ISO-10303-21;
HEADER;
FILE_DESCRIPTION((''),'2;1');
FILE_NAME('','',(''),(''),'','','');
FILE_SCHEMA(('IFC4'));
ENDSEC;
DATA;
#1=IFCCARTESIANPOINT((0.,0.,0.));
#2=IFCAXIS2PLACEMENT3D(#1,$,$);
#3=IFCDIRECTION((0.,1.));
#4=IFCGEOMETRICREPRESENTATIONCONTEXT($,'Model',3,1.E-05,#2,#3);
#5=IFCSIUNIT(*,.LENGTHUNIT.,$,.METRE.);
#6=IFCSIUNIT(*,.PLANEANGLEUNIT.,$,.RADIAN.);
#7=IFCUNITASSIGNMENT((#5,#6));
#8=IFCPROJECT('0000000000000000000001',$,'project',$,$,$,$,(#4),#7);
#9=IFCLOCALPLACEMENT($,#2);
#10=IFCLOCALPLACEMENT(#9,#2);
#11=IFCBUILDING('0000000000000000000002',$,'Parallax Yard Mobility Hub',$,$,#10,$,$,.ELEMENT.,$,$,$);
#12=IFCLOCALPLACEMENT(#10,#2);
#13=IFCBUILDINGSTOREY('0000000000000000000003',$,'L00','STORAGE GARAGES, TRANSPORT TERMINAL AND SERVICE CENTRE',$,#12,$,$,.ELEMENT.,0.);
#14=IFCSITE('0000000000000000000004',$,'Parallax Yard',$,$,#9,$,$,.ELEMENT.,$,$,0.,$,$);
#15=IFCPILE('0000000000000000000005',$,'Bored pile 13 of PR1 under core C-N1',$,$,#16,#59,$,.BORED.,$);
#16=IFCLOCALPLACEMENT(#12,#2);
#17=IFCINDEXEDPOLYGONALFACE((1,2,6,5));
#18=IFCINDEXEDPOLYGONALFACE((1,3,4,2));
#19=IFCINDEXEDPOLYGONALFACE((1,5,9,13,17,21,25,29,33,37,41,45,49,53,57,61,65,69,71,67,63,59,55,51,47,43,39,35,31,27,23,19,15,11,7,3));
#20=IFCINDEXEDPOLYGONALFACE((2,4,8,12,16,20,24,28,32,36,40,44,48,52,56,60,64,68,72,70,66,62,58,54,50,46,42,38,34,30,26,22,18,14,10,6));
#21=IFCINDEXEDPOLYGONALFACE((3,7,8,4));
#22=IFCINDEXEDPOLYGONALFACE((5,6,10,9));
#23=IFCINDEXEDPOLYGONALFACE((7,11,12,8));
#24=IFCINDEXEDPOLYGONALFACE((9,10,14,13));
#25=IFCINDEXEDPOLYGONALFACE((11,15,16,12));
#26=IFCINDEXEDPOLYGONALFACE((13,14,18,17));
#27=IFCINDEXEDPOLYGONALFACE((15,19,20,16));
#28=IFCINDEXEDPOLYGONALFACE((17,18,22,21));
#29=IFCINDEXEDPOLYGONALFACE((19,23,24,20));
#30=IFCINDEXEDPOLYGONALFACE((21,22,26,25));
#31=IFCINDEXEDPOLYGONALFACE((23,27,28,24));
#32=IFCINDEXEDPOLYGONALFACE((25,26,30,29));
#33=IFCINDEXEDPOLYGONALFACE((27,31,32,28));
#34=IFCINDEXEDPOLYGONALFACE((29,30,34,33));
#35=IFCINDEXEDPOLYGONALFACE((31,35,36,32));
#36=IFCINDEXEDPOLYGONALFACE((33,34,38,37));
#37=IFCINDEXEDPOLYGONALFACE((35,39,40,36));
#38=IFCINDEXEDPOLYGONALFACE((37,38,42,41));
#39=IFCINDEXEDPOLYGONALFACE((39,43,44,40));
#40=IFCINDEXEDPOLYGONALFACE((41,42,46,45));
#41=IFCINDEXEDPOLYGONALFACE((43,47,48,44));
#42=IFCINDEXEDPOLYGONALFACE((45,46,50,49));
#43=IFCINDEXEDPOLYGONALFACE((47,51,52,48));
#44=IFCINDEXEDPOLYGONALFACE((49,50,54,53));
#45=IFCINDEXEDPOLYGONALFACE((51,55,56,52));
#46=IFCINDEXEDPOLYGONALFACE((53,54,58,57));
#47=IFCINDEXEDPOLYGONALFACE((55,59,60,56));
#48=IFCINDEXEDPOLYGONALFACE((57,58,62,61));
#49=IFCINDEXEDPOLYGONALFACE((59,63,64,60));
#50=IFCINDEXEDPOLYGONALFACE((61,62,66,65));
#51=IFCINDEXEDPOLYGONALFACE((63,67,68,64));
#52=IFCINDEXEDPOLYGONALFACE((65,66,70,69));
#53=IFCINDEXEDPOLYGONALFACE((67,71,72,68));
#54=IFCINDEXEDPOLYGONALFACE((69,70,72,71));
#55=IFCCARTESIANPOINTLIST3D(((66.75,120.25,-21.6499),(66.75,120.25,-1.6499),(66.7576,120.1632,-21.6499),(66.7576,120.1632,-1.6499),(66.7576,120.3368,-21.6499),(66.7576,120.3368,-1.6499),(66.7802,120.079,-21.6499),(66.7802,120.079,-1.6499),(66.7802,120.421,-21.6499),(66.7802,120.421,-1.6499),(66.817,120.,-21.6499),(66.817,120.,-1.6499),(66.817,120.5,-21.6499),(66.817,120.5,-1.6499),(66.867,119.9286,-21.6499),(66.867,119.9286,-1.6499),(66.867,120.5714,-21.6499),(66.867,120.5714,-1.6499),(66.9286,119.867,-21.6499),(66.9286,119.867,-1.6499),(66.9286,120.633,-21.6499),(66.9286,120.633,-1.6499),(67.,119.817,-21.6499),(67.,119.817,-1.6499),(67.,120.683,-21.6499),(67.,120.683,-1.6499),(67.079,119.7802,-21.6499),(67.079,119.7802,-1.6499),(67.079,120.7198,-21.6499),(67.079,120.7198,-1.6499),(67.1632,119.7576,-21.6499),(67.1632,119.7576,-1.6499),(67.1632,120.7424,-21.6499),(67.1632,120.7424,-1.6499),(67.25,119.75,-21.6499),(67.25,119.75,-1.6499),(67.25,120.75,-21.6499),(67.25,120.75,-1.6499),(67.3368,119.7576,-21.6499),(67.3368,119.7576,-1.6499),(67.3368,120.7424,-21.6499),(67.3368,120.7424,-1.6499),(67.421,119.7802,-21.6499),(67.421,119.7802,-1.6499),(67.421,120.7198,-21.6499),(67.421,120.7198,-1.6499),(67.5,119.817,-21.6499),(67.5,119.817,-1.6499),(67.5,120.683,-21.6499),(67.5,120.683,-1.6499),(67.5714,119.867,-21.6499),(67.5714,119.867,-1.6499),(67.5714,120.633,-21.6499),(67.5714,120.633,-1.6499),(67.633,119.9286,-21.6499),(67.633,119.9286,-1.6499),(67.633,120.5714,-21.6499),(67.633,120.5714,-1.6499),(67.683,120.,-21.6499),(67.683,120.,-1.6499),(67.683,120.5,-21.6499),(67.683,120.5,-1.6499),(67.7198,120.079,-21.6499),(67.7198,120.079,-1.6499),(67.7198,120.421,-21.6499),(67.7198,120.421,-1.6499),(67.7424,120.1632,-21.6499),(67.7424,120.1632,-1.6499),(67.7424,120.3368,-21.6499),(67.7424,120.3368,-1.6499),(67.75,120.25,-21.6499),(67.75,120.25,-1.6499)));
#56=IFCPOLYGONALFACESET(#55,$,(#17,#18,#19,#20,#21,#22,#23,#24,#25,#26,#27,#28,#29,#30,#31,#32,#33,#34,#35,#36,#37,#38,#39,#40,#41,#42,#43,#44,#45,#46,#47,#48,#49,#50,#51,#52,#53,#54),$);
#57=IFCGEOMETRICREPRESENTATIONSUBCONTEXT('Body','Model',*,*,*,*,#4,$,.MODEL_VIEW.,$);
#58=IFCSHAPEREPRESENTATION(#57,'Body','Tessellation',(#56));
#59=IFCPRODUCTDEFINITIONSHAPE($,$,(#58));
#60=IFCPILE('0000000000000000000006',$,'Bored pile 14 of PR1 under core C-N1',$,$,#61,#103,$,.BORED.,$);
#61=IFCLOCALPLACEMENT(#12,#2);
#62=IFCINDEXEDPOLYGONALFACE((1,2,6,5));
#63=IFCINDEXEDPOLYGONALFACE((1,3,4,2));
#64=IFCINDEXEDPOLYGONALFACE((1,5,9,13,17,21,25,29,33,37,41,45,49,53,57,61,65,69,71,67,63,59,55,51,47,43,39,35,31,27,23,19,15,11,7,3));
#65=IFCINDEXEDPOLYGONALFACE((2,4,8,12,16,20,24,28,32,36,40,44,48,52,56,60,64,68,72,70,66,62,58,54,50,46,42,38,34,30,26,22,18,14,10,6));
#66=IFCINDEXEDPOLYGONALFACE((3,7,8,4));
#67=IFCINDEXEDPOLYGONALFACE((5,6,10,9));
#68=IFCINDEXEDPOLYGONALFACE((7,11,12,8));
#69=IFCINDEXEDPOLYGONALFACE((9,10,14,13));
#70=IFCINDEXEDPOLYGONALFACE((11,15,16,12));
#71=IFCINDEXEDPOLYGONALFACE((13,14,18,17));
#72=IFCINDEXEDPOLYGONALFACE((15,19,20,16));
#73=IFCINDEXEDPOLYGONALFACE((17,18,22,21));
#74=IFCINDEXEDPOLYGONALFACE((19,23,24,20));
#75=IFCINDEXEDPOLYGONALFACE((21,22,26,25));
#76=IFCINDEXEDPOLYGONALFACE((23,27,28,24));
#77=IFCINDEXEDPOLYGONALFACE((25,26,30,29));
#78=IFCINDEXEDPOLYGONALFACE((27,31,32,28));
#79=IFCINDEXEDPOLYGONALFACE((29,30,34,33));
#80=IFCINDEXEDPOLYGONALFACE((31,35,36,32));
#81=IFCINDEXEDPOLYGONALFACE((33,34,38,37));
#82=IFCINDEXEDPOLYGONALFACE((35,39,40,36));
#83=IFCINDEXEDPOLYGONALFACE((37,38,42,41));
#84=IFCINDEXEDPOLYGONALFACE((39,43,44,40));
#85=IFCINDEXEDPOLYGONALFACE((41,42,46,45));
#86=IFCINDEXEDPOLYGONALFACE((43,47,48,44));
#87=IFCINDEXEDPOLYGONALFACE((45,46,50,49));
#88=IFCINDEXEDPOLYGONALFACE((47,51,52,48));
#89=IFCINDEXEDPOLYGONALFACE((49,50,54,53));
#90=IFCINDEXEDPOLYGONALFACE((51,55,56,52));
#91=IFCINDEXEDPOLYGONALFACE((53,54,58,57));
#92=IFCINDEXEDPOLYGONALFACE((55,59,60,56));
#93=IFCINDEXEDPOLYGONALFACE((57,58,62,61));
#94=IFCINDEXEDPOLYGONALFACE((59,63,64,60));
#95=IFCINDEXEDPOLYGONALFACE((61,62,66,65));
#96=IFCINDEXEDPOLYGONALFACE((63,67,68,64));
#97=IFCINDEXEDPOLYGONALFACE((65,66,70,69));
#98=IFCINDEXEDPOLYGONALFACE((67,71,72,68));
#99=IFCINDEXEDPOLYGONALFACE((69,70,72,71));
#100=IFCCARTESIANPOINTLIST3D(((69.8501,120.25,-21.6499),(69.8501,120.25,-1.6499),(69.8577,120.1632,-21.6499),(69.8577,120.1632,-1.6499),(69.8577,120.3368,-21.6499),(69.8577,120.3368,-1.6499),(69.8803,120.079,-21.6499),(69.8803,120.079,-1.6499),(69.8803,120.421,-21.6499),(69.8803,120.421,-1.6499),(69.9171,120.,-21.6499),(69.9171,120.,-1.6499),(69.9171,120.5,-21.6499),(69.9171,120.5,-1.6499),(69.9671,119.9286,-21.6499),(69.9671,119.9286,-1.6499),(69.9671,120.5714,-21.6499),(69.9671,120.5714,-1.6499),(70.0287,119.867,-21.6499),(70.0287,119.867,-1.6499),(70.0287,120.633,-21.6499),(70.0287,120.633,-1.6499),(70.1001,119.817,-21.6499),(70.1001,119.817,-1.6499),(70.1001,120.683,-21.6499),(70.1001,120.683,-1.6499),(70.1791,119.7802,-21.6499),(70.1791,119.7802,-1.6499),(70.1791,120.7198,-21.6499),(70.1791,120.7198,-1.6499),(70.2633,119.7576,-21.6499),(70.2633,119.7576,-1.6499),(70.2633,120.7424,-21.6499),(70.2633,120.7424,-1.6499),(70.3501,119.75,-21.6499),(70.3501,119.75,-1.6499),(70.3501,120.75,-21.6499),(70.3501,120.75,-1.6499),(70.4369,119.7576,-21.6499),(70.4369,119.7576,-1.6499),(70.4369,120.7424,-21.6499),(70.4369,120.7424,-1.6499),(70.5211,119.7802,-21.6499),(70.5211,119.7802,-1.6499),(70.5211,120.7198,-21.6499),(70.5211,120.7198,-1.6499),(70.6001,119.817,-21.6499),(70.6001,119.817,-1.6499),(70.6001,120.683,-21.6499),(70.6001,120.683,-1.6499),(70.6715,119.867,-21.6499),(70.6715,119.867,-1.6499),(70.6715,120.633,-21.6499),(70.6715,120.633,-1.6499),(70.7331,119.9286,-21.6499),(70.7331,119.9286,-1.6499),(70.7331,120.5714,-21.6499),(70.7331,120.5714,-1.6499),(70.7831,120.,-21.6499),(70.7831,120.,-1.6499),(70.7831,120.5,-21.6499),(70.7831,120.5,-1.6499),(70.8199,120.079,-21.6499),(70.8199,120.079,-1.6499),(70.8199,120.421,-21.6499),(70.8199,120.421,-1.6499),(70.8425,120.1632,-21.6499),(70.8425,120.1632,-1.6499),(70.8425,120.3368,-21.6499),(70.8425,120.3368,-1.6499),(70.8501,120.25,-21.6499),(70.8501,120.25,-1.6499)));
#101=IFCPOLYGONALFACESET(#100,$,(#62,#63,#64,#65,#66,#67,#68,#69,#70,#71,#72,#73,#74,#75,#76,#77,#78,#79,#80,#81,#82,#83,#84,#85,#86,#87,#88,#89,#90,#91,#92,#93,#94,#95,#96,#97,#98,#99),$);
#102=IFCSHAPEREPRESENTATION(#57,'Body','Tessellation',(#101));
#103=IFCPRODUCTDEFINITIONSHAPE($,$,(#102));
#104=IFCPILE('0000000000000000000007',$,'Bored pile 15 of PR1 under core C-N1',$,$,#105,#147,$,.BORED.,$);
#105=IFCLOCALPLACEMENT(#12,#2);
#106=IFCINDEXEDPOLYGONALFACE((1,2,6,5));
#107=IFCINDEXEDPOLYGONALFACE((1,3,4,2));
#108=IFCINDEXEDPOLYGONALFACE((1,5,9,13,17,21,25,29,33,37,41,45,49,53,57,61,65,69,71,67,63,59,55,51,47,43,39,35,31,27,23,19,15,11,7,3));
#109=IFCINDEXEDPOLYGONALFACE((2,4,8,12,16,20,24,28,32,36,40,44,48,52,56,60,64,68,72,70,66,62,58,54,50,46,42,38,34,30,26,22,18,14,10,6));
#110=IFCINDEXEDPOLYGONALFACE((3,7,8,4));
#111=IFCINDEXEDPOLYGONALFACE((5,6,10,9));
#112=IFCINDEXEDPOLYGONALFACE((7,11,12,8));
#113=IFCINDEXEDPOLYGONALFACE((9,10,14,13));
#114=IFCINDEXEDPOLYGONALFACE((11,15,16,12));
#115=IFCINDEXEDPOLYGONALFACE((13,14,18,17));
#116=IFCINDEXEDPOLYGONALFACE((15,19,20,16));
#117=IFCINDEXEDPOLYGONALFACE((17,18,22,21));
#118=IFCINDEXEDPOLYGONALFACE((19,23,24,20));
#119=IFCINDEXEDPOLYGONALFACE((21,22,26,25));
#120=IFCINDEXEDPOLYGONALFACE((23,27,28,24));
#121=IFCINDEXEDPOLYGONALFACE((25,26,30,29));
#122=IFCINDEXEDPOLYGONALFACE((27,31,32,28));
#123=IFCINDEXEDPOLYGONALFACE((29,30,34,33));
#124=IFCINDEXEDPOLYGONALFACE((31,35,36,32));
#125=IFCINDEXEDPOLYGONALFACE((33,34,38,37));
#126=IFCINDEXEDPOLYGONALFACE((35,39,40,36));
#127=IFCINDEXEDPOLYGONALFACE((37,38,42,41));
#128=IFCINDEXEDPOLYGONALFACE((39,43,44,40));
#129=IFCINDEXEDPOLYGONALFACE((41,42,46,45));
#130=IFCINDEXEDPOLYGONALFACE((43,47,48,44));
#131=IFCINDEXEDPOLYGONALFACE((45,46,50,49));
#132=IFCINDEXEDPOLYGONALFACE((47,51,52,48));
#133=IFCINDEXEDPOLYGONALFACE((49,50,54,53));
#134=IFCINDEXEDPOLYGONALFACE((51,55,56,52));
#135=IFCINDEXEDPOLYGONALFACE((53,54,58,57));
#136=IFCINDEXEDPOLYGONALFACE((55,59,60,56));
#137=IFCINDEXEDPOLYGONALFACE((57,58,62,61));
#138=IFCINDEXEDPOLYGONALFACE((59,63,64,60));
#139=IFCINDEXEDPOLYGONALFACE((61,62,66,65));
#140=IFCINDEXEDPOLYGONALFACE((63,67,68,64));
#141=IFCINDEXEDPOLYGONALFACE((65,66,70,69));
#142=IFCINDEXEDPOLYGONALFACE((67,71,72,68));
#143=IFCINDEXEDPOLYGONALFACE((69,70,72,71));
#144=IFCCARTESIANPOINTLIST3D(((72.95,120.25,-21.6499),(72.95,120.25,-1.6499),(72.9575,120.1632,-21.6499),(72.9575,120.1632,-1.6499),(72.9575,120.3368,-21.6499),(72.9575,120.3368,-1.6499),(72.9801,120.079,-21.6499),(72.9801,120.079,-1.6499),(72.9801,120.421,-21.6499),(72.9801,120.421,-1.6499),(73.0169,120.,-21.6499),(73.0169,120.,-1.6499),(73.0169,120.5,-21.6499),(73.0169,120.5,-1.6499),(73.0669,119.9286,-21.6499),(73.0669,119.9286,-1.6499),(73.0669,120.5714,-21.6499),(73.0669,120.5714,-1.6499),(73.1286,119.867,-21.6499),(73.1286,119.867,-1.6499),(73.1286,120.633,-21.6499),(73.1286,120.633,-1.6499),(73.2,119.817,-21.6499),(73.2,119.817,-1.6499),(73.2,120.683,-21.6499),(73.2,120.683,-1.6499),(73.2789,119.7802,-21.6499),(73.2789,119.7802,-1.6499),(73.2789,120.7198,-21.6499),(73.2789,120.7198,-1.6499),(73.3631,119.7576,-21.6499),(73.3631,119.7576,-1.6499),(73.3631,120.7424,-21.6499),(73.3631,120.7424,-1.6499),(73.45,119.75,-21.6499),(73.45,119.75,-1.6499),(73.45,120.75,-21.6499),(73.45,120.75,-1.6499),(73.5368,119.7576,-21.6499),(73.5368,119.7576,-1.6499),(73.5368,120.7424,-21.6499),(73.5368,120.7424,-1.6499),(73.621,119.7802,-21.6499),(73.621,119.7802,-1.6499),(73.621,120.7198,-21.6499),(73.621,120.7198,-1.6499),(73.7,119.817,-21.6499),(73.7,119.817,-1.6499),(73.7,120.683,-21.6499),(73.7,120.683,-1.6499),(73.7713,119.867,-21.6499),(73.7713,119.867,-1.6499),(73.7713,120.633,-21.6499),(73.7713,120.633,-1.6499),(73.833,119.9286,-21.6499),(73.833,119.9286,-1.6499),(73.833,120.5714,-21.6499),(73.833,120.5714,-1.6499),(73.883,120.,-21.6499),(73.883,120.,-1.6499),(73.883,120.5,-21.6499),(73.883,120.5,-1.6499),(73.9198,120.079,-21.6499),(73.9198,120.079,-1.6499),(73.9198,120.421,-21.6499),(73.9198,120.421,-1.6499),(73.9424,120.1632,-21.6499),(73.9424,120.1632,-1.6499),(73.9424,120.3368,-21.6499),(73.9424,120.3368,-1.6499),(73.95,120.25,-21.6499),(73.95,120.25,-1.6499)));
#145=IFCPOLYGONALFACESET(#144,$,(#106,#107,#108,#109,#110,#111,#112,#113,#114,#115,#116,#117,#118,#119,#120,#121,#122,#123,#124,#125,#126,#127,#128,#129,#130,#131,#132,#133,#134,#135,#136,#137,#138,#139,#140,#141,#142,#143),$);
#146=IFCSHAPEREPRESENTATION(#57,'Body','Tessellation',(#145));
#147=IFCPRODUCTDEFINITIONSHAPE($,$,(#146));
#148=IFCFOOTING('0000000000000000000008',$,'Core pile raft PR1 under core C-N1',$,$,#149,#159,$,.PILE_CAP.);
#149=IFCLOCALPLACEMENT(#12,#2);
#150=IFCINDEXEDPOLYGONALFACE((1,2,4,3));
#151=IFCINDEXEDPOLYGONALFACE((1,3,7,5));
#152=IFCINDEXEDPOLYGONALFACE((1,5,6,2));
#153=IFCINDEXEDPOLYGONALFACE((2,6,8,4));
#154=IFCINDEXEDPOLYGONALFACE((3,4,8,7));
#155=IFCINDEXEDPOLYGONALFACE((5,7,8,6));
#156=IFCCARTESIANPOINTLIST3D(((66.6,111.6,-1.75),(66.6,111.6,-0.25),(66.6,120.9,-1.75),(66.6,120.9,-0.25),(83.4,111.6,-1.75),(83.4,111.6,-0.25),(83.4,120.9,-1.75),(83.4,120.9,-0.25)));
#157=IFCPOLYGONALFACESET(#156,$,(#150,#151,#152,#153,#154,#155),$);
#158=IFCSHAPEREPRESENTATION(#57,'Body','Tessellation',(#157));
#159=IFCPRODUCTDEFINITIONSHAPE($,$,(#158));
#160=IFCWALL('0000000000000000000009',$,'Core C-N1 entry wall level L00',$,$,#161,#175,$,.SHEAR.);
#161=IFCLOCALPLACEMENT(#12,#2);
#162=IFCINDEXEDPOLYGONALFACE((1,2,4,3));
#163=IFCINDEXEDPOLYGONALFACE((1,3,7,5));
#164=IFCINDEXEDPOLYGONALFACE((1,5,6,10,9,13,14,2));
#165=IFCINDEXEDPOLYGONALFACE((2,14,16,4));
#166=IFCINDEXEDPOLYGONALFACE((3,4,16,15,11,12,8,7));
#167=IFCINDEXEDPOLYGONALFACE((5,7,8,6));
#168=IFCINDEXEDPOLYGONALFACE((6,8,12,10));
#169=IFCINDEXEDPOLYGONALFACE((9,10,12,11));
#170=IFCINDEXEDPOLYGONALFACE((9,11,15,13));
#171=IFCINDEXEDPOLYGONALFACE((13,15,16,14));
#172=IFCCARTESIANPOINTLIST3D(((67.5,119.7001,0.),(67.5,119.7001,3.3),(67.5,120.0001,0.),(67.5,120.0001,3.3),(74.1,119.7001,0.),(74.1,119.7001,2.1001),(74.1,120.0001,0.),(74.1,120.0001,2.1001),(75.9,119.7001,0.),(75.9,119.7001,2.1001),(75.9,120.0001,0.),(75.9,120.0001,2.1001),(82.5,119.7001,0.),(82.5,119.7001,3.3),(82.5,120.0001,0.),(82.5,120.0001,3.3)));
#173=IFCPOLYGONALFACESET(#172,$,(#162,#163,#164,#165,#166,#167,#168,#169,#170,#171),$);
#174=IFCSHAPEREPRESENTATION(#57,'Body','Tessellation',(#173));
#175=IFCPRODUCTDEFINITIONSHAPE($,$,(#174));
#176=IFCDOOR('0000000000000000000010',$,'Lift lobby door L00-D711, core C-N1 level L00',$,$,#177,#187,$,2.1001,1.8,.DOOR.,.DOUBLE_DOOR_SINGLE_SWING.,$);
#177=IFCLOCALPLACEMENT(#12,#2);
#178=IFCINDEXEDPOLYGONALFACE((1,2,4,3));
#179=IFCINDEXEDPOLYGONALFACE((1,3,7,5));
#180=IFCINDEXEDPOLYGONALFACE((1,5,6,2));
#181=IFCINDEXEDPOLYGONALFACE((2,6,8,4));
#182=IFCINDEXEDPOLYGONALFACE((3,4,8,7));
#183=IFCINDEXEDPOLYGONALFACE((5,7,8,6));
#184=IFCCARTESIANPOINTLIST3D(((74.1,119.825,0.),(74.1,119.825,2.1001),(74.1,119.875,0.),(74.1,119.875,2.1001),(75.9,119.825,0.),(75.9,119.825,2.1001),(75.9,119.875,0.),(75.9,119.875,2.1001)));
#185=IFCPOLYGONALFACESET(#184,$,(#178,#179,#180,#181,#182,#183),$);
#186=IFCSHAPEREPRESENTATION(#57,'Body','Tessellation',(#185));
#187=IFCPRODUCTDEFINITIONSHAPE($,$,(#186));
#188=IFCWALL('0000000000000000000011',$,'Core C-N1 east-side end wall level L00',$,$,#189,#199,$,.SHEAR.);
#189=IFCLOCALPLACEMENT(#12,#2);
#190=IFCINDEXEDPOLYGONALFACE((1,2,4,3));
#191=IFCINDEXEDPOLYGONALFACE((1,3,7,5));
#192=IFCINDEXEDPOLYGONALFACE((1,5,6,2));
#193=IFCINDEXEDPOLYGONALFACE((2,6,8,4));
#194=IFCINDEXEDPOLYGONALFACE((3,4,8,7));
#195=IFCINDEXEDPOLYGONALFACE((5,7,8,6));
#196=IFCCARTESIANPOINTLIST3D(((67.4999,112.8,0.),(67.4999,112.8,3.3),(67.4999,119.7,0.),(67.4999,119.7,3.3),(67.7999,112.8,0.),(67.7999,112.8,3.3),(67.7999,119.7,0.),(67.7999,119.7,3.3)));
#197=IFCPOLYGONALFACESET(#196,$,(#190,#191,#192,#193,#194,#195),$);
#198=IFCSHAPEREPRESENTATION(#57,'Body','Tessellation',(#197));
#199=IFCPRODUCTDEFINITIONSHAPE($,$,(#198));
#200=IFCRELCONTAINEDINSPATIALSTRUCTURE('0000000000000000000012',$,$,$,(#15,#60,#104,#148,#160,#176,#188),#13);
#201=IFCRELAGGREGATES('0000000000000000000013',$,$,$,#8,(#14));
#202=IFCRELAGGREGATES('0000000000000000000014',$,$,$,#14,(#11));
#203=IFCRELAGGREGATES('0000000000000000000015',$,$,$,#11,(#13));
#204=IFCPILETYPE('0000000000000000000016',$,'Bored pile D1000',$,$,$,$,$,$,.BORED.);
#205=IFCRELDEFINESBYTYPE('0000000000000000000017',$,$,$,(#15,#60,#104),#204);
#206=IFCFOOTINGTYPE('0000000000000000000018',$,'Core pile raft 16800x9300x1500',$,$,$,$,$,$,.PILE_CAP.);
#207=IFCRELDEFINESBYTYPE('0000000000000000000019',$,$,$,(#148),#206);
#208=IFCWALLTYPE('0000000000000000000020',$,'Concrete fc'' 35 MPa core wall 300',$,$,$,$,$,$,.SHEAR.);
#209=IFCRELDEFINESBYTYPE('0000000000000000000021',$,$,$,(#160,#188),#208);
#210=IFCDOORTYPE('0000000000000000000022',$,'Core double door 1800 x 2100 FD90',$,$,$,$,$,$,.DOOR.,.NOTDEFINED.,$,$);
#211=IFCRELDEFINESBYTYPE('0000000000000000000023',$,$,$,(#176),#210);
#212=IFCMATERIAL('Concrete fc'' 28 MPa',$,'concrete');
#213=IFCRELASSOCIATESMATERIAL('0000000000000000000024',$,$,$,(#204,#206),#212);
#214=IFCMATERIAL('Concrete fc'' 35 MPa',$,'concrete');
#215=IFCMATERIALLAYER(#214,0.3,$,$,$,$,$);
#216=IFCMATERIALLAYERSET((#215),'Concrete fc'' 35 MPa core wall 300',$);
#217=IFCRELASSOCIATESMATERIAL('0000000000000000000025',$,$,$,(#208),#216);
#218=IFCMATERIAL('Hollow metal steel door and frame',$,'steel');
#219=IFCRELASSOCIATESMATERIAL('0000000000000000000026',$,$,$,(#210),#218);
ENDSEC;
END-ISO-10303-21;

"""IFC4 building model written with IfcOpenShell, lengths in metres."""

from ifc_helpers import new_model, si_unit, direction, frame, frame_2d, origin, origin_2d, place, context, subcontext, project, spatial, rectangle, circle, extrude, material, layer, layer_set, material_profile, profile_set, type_object, element, fill, save


model = new_model("IFC4")

# Units and contexts
model_context = context("Model", 3, precision=1e-05, world=origin(), true_north=direction((0.0, 1.0)))
body_context = subcontext(model_context, "Body", "Model", "MODEL_VIEW")
ifc_project = project(units=[si_unit("LENGTHUNIT", "METRE"), si_unit("PLANEANGLEUNIT", "RADIAN")], contexts=[model_context])

# Site, building, storey
site_placement = place(None, origin())
site = spatial("IfcSite", under=ifc_project, at=site_placement, Name="Parallax Yard", CompositionType="ELEMENT", RefElevation=0.0)
building_placement = place(site_placement, origin())
building = spatial("IfcBuilding", under=site, at=building_placement, Name="Parallax Yard Mobility Hub", CompositionType="ELEMENT")
storey_placement = place(building_placement, origin())
storey = spatial("IfcBuildingStorey", under=building, at=storey_placement, Name="L00", Description="STORAGE GARAGES, TRANSPORT TERMINAL AND SERVICE CENTRE", CompositionType="ELEMENT", Elevation=0.0)

# Piles
ifc_material_1 = material(Name="Concrete fc' 28 MPa", Category="concrete")
ifc_material_profile = material_profile(ifc_material_1, circle(Radius=0.5, at=origin_2d()), Name="Bored pile D1000")
ifc_profile_set = profile_set([ifc_material_profile], Name="Concrete fc' 28 MPa")
pile_type = type_object("IfcPileType", Name="Bored pile D1000", PredefinedType="BORED", material=ifc_profile_set)
for number, where, z_axis, x_axis, name in (
    (1, (67.25, 120.25, -1.6499), (0.0, 0.0, -1.0), (1.0, 0.0, 0.0), "Bored pile 13 of PR1 under core C-N1"),
    (2, (70.3501, 120.25, -1.6499), (0.0, 0.0, -1.0), (1.0, 0.0, 0.0), "Bored pile 14 of PR1 under core C-N1"),
    (3, (73.45, 120.25, -1.6499), (0.0, 0.0, -1.0), (1.0, 0.0, 0.0), "Bored pile 15 of PR1 under core C-N1"),
):
    element("IfcPile", number, at=place(storey_placement, frame(where, z_axis=z_axis, x_axis=x_axis)), inside=storey, type_object=pile_type, Name=name, PredefinedType="BORED", context=body_context, shape_type="SweptSolid", body=[
        extrude(circle(Radius=0.5, at=origin_2d()), origin(), (0.0, 0.0, 1.0), 20.0),
    ])

# Footing
footing_type = type_object("IfcFootingType", Name="Core pile raft 16800x9300x1500", PredefinedType="PILE_CAP", material=ifc_material_1)
footing_placement = place(storey_placement, frame((75.0, 116.25, -1.75), z_axis=(0.0, 0.0, 1.0), x_axis=(1.0, 0.0, 0.0)))
element("IfcFooting", 4, at=footing_placement, inside=storey, type_object=footing_type, Name="Core pile raft PR1 under core C-N1", PredefinedType="PILE_CAP", context=body_context, shape_type="SweptSolid", body=[
    extrude(rectangle(XDim=16.8, YDim=9.3, at=origin_2d()), origin(), (0.0, 0.0, 1.0), 1.5),
])

# Wall, opening, door
ifc_material_2 = material(Name="Concrete fc' 35 MPa", Category="concrete")
ifc_layer_1 = layer(ifc_material_2, 0.3)
ifc_layer_set_1 = layer_set([ifc_layer_1], Name="Concrete fc' 35 MPa core wall 300")
wall_type_1 = type_object("IfcWallType", Name="Concrete fc' 35 MPa core wall 300", PredefinedType="SHEAR", material=ifc_layer_set_1)
wall_1_placement = place(storey_placement, frame((67.5, 119.8501, 0.0), z_axis=(0.0, 0.0, 1.0), x_axis=(1.0, 0.0, 0.0)))
wall_1 = element("IfcWall", 5, at=wall_1_placement, inside=storey, type_object=wall_type_1, Name="Core C-N1 entry wall level L00", PredefinedType="SHEAR", context=body_context, shape_type="SweptSolid", body=[
    extrude(rectangle(XDim=15.0, YDim=0.3, at=frame_2d((7.5, 0.0))), origin(), (0.0, 0.0, 1.0), 3.3),
])
opening_placement = place(wall_1_placement, frame((6.6001, 0.0, 0.0)))
opening = element("IfcOpeningElement", 6, at=opening_placement, cuts=wall_1, PredefinedType="OPENING", context=body_context, shape_type="SweptSolid", body=[
    extrude(rectangle(XDim=1.8, YDim=2.1001, at=frame_2d((0.8999, 1.05))), frame((0.0, 0.1602, 0.0), z_axis=(0.0, -1.0, 0.0), x_axis=(1.0, 0.0, 0.0)), (0.0, 0.0, 1.0), 0.3201),
])
ifc_material_3 = material(Name="Hollow metal steel door and frame", Category="steel")
door_type = type_object("IfcDoorType", Name="Core double door 1800 x 2100 FD90", OperationType="NOTDEFINED", PredefinedType="DOOR", material=ifc_material_3)
door_placement = place(opening_placement, origin())
door = element("IfcDoor", 7, at=door_placement, inside=storey, type_object=door_type, Name="Lift lobby door L00-D711, core C-N1 level L00", OperationType="DOUBLE_DOOR_SINGLE_SWING", OverallHeight=2.1001, OverallWidth=1.8, PredefinedType="DOOR", context=body_context, shape_type="SweptSolid", body=[
    extrude(rectangle(XDim=1.8, YDim=2.1001, at=frame_2d((0.8999, 1.05))), frame((0.0, 0.0249, 0.0), z_axis=(0.0, -1.0, 0.0), x_axis=(1.0, 0.0, 0.0)), (0.0, 0.0, 1.0), 0.05),
])
fill(opening, door)

# Wall
wall_2_placement = place(storey_placement, frame((67.6499, 119.7, 0.0), z_axis=(0.0, 0.0, 1.0), x_axis=(0.0, -1.0, 0.0)))
element("IfcWall", 8, at=wall_2_placement, inside=storey, type_object=wall_type_1, Name="Core C-N1 east-side end wall level L00", PredefinedType="SHEAR", context=body_context, shape_type="SweptSolid", body=[
    extrude(rectangle(XDim=6.8999, YDim=0.3, at=frame_2d((3.45, 0.0))), origin(), (0.0, 0.0, 1.0), 3.3),
])

save(model, "model.ifc")
